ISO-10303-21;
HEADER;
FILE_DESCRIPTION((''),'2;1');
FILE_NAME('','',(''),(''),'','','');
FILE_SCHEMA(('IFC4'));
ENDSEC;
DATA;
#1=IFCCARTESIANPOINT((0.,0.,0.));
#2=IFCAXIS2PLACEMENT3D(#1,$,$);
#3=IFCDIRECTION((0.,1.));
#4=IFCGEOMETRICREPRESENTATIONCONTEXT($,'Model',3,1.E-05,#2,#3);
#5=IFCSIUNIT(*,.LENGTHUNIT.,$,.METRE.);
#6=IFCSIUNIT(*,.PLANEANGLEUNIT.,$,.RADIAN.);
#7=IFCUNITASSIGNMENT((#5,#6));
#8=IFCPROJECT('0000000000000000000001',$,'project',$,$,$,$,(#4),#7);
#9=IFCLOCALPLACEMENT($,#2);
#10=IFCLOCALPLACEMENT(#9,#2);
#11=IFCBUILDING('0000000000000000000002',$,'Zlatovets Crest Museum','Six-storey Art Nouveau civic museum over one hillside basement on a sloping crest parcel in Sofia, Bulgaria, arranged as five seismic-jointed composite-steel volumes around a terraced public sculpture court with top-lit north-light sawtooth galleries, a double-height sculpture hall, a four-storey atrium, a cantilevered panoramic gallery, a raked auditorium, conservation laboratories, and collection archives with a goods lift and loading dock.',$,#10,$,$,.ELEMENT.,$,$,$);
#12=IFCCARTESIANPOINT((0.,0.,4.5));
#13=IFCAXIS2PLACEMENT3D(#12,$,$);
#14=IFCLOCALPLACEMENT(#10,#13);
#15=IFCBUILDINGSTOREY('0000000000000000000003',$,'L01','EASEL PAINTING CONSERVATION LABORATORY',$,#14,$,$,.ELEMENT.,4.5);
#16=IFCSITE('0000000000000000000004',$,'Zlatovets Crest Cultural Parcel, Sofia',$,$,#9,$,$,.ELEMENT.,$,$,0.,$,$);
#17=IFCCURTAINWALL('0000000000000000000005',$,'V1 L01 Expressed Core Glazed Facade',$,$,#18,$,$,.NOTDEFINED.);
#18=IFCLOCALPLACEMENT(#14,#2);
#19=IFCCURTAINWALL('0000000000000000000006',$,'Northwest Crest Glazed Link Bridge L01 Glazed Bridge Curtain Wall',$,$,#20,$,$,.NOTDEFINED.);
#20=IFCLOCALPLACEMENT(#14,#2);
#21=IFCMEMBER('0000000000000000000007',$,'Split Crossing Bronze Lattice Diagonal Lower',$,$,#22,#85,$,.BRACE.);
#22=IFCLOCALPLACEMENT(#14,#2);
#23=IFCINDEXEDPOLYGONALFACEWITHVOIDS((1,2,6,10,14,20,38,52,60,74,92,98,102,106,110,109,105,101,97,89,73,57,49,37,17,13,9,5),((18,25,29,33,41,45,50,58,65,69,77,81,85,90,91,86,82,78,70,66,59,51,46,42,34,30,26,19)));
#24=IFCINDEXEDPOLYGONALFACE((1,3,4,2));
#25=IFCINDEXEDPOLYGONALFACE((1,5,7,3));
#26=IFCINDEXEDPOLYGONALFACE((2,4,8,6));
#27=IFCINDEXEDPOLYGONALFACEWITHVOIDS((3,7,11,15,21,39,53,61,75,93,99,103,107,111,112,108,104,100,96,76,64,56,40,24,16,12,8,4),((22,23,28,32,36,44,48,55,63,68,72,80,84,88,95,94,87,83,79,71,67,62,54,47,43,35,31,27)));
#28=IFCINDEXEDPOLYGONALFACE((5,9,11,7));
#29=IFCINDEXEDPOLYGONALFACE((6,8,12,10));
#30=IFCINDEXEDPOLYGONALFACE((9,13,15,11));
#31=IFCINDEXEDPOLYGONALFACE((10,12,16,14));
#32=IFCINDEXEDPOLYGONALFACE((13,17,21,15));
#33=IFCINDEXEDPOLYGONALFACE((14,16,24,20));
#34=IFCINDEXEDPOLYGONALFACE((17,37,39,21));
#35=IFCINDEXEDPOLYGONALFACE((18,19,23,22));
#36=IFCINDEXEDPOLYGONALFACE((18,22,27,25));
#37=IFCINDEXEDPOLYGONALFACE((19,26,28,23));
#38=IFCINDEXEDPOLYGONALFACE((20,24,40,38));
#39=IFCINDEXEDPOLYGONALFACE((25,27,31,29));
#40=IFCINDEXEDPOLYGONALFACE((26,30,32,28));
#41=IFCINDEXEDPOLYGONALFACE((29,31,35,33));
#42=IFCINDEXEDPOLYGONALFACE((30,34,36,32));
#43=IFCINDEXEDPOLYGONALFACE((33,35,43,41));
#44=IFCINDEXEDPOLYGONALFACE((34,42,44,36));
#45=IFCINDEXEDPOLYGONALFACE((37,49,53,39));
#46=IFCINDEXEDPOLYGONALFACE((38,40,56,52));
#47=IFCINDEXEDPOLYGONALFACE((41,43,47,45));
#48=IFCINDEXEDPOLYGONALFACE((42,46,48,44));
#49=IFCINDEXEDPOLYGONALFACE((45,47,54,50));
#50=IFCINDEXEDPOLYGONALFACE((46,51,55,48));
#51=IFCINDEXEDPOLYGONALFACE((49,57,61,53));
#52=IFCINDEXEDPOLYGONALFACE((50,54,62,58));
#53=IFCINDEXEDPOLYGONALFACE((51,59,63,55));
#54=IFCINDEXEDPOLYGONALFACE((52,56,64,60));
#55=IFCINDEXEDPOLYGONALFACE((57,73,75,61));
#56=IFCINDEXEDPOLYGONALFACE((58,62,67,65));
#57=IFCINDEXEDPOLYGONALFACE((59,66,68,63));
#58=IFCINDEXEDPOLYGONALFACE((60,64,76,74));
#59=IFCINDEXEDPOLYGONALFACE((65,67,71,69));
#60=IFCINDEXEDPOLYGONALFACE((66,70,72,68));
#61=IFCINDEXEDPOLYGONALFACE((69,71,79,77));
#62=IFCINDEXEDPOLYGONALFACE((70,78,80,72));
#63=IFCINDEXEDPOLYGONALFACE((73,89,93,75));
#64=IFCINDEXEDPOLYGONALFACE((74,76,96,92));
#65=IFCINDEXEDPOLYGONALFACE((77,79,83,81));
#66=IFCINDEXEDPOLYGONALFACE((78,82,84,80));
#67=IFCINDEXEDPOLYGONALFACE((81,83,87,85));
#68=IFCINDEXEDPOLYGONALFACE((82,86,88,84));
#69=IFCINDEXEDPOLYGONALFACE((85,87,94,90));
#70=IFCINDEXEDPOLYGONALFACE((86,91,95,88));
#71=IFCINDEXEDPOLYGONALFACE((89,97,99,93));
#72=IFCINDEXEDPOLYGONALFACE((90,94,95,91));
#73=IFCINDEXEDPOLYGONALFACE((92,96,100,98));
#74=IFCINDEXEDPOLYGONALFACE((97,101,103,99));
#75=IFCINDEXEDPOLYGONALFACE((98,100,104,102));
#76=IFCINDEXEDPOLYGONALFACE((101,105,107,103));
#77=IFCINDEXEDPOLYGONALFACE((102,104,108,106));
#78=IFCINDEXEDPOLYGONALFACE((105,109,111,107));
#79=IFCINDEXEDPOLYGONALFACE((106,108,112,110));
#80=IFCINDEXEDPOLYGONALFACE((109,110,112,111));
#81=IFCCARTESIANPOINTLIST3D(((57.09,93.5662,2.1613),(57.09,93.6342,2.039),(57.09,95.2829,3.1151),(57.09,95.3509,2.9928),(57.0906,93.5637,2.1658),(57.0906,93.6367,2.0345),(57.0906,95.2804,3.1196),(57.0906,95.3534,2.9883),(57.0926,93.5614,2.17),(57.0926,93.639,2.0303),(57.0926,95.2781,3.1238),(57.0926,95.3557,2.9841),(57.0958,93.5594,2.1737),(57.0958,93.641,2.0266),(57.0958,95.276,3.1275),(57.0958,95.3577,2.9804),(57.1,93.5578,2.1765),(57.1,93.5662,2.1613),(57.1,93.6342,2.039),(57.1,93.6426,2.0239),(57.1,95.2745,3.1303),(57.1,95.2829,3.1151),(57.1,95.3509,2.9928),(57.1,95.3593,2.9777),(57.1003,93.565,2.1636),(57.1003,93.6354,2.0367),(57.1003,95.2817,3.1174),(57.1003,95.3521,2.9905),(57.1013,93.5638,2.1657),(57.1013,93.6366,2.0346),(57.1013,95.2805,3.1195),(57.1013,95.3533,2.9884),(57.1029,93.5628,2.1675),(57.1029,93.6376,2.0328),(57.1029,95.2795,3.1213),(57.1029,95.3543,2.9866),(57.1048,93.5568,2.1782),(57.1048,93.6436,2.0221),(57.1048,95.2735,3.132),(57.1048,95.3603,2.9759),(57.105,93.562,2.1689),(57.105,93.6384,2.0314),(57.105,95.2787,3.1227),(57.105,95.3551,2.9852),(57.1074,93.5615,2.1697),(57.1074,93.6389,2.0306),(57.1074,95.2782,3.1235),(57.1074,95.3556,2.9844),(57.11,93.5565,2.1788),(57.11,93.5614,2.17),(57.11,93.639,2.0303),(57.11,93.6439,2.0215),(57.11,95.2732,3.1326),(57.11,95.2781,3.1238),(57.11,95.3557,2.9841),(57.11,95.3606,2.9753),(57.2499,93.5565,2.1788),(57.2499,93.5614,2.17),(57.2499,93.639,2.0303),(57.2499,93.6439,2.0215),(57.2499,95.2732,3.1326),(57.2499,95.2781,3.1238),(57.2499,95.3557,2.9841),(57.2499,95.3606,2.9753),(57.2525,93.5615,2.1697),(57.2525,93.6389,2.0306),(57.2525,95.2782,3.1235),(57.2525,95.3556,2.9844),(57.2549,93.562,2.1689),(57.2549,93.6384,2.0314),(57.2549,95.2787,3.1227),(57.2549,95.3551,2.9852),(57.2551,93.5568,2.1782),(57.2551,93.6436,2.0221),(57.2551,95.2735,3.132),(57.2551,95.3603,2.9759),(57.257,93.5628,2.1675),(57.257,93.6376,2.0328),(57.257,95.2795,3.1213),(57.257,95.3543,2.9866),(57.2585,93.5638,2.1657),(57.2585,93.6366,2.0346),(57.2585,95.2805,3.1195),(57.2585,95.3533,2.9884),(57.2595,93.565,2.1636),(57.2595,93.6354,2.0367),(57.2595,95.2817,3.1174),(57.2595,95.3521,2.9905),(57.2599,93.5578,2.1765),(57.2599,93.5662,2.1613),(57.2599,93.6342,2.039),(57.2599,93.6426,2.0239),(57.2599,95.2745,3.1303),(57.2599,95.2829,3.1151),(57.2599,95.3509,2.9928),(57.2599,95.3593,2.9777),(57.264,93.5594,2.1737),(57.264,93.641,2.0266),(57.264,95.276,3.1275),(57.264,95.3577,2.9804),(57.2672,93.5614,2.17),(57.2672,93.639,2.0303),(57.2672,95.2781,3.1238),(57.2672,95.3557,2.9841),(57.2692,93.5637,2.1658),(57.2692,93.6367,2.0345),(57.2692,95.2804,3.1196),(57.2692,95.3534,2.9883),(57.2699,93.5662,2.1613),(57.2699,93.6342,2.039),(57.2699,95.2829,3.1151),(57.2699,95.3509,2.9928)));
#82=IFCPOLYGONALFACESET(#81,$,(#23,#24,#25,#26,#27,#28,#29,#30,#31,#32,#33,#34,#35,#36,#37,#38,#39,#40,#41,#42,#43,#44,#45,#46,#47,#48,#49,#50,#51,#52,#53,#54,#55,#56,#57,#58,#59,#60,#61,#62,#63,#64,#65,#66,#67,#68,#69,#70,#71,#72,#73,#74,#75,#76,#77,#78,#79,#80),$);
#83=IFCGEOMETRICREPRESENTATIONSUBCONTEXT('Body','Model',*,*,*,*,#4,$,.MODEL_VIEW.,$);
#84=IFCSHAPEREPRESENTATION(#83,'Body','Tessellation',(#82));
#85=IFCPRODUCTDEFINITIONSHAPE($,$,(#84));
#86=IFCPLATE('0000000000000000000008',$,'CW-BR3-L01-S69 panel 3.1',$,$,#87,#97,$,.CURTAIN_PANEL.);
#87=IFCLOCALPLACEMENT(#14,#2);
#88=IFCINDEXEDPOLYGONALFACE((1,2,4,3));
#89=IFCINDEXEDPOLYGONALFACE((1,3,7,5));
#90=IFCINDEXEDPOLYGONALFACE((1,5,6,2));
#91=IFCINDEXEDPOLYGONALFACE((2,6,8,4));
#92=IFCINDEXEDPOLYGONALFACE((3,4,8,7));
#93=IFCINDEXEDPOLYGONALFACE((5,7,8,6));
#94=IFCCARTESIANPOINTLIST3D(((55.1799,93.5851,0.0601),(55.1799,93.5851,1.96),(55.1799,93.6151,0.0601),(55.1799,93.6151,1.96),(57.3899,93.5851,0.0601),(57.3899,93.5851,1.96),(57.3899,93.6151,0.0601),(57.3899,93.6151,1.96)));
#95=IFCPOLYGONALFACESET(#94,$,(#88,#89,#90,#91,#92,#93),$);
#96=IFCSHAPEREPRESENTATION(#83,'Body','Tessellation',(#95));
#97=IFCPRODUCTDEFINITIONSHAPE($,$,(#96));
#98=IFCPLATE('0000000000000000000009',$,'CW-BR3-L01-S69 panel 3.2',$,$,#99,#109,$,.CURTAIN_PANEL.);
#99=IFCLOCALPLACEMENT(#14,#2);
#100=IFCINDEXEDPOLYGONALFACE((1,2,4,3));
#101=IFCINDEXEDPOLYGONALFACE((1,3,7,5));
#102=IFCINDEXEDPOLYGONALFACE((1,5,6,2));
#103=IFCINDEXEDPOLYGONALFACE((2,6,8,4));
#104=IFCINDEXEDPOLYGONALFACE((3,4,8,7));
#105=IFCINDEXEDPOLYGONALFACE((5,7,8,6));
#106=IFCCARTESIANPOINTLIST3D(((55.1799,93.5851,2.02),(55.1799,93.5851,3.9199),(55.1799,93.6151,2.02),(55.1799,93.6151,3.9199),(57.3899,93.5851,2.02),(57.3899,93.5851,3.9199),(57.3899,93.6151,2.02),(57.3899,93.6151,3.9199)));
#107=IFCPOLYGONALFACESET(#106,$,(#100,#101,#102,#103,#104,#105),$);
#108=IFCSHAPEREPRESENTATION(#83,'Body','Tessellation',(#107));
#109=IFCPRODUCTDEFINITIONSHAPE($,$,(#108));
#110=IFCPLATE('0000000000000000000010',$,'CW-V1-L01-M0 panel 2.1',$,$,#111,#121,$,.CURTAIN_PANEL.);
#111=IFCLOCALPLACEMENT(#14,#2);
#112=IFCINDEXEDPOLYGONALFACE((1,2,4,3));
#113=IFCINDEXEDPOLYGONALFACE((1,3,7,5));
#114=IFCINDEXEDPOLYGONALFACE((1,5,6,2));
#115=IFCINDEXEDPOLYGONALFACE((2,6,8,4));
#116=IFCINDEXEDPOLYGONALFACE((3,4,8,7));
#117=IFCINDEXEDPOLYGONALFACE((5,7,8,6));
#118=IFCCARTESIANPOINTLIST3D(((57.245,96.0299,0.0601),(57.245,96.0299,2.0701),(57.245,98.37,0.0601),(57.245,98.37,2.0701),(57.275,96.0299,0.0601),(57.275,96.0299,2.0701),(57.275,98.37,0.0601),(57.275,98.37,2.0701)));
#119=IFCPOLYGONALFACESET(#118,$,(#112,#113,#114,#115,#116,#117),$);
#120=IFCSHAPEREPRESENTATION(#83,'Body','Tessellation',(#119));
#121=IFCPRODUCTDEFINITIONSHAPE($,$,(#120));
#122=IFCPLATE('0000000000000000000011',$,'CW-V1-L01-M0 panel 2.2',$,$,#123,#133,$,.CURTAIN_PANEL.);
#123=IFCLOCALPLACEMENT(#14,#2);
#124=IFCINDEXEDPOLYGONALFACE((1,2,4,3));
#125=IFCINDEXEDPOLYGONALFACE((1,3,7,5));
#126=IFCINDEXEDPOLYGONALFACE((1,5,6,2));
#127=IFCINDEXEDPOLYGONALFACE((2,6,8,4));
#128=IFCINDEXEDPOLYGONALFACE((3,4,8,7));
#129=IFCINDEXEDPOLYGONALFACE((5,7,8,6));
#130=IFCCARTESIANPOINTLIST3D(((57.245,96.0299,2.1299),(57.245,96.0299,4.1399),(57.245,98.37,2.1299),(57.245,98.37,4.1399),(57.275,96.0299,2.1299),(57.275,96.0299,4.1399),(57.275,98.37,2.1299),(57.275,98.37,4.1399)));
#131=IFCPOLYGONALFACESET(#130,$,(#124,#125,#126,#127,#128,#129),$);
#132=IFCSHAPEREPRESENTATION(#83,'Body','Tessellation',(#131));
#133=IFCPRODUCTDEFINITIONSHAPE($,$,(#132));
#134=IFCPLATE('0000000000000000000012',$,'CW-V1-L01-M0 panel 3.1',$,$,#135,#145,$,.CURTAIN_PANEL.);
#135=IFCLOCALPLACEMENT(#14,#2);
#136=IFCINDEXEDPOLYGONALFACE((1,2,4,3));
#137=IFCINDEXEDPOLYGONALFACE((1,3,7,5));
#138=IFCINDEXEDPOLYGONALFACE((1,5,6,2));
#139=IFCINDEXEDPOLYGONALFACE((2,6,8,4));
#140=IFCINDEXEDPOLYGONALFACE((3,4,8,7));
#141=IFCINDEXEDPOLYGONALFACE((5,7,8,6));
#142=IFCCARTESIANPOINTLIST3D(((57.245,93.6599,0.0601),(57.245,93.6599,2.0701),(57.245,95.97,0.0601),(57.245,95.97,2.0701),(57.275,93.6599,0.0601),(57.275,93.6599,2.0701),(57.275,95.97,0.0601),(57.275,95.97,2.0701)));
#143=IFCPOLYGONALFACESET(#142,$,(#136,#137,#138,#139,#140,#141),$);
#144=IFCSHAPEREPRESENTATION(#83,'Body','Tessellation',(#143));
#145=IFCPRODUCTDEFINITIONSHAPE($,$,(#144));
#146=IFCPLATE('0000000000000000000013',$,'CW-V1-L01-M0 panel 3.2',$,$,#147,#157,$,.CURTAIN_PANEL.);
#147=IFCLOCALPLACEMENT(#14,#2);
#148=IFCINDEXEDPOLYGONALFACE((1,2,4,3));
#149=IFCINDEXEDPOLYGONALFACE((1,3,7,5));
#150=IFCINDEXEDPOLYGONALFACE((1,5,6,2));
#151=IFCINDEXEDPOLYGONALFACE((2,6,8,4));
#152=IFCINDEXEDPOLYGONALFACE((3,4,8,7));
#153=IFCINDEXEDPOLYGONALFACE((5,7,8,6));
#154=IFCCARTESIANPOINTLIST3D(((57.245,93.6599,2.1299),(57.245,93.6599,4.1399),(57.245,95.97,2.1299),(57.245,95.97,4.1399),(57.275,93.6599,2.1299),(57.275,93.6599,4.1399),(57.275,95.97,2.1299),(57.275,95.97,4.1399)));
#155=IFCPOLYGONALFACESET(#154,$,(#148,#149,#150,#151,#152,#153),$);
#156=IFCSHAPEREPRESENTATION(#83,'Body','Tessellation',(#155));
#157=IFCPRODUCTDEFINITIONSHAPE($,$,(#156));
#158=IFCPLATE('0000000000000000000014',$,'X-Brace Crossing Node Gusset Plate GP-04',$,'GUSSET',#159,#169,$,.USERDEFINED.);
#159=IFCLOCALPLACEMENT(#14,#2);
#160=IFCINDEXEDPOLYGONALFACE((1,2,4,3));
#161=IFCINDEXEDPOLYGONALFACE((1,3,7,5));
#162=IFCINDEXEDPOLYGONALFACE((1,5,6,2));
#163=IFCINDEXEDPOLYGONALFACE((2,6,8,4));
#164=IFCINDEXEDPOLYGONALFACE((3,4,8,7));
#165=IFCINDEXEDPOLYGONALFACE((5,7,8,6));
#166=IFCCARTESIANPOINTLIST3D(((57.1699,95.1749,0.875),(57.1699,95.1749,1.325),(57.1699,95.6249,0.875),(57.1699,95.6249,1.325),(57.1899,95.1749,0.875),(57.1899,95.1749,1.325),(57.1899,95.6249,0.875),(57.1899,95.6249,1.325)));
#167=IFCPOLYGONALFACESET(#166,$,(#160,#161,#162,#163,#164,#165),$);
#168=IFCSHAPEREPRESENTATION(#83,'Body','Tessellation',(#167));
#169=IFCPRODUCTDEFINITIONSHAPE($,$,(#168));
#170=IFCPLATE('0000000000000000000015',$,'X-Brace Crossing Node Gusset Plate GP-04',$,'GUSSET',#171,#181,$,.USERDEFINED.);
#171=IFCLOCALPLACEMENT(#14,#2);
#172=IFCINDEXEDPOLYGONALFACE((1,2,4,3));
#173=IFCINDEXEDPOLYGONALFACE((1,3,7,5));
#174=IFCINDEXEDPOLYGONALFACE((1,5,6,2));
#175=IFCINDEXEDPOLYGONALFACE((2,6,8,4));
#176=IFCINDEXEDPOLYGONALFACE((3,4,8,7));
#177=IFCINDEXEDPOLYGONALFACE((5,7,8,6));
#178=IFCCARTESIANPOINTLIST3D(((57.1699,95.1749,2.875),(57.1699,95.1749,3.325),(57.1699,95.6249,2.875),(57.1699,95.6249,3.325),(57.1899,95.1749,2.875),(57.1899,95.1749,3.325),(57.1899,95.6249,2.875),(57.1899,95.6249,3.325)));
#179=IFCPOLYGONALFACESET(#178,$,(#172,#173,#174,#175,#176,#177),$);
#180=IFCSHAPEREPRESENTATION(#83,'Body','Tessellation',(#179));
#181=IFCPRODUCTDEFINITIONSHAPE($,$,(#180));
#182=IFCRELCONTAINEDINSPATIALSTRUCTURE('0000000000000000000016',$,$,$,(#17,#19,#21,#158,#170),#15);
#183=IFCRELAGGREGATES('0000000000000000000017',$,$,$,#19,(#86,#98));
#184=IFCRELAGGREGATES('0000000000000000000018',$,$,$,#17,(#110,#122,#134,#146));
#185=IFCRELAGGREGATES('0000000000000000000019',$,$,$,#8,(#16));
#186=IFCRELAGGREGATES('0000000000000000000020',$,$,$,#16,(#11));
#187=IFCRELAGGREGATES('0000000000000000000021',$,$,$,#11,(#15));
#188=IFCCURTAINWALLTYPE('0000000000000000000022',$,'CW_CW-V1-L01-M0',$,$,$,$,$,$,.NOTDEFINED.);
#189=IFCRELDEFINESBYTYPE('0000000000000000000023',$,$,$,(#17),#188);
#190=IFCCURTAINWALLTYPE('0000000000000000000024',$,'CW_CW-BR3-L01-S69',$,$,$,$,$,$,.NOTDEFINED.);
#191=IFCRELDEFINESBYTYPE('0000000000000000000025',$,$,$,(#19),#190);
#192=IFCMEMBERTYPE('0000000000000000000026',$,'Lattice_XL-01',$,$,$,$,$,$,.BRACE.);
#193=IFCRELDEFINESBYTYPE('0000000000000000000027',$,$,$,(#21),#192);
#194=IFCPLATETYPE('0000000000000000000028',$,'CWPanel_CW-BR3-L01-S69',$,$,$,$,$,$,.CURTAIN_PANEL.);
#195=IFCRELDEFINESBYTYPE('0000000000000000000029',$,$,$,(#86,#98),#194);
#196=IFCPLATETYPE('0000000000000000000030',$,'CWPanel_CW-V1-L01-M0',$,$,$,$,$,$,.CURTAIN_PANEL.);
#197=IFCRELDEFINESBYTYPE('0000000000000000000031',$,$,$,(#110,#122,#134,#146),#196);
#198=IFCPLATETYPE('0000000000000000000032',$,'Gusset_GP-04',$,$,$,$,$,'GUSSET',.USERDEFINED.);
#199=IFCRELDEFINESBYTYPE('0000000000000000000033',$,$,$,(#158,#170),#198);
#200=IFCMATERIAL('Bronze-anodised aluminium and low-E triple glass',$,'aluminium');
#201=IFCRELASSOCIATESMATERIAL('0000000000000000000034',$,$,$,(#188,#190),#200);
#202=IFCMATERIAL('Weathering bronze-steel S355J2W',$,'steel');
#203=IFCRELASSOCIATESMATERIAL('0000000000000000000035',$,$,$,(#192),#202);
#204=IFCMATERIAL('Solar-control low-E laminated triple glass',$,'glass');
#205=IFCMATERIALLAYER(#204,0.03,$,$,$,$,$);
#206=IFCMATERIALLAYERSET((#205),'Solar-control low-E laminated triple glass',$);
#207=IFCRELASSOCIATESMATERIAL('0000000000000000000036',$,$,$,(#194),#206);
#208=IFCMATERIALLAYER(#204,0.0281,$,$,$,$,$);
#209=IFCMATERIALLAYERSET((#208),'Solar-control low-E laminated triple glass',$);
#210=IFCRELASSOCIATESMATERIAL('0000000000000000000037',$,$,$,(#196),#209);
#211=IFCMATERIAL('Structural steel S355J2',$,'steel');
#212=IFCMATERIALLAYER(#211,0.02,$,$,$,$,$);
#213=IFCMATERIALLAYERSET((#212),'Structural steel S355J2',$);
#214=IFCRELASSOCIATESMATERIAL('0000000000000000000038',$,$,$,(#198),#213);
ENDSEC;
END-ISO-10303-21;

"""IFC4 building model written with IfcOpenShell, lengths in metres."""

from ifc_helpers import new_model, si_unit, direction, frame, origin, origin_2d, place, context, subcontext, project, spatial, rectangle, hollow_rectangle, extrude, material, layer, layer_set, material_profile, profile_set, type_object, element, aggregate, save


model = new_model("IFC4")

# Units and contexts
model_context = context("Model", 3, precision=1e-05, world=origin(), true_north=direction((0.0, 1.0)))
body_context = subcontext(model_context, "Body", "Model", "MODEL_VIEW")
ifc_project = project(units=[si_unit("LENGTHUNIT", "METRE"), si_unit("PLANEANGLEUNIT", "RADIAN")], contexts=[model_context])

# Site, building, storey
site_placement = place(None, origin())
site = spatial("IfcSite", under=ifc_project, at=site_placement, Name="Zlatovets Crest Cultural Parcel, Sofia", CompositionType="ELEMENT", RefElevation=0.0)
building_placement = place(site_placement, origin())
building = spatial("IfcBuilding", under=site, at=building_placement, Name="Zlatovets Crest Museum", Description="Six-storey Art Nouveau civic museum over one hillside basement on a sloping crest parcel in Sofia, Bulgaria, arranged as five seismic-jointed composite-steel volumes around a terraced public sculpture court with top-lit north-light sawtooth galleries, a double-height sculpture hall, a four-storey atrium, a cantilevered panoramic gallery, a raked auditorium, conservation laboratories, and collection archives with a goods lift and loading dock.", CompositionType="ELEMENT")
storey_placement = place(building_placement, frame((0.0, 0.0, 4.5)))
storey = spatial("IfcBuildingStorey", under=building, at=storey_placement, Name="L01", Description="EASEL PAINTING CONSERVATION LABORATORY", CompositionType="ELEMENT", Elevation=4.5)

# Shared definitions
ifc_material_1 = material(Name="Structural steel S355J2", Category="steel")

# Curtain walls
ifc_material_2 = material(Name="Bronze-anodised aluminium and low-E triple glass", Category="aluminium")
curtain_wall_type_1 = type_object("IfcCurtainWallType", Name="CW_CW-V1-L01-M0", PredefinedType="NOTDEFINED", material=ifc_material_2)
curtain_wall_1_placement = place(storey_placement, origin())
curtain_wall_1 = element("IfcCurtainWall", 1, at=curtain_wall_1_placement, inside=storey, type_object=curtain_wall_type_1, Name="V1 L01 Expressed Core Glazed Facade", PredefinedType="NOTDEFINED")
curtain_wall_type_2 = type_object("IfcCurtainWallType", Name="CW_CW-BR3-L01-S69", PredefinedType="NOTDEFINED", material=ifc_material_2)
curtain_wall_2_placement = place(storey_placement, origin())
curtain_wall_2 = element("IfcCurtainWall", 2, at=curtain_wall_2_placement, inside=storey, type_object=curtain_wall_type_2, Name="Northwest Crest Glazed Link Bridge L01 Glazed Bridge Curtain Wall", PredefinedType="NOTDEFINED")

# Member
ifc_material_3 = material(Name="Weathering bronze-steel S355J2W", Category="steel")
ifc_material_profile_1 = material_profile(ifc_material_3, hollow_rectangle(XDim=0.1799, YDim=0.1799, WallThickness=0.01, InnerFilletRadius=0.01, OuterFilletRadius=0.02, at=origin_2d()), Name="SHS 180x180x10.0")
ifc_profile_set_1 = profile_set([ifc_material_profile_1], Name="Weathering bronze-steel S355J2W")
member_type_1 = type_object("IfcMemberType", Name="Lattice_XL-01", PredefinedType="BRACE", material=ifc_profile_set_1)
member_1_placement = place(storey_placement, frame((57.1799, 95.3169, 3.054), z_axis=(0.0, -0.87414, -0.485675), x_axis=(1.0, 0.0, 0.0)))
element("IfcMember", 3, at=member_1_placement, inside=storey, type_object=member_type_1, Name="Split Crossing Bronze Lattice Diagonal Lower", PredefinedType="BRACE", context=body_context, shape_type="SweptSolid", body=[
    extrude(hollow_rectangle(XDim=0.1799, YDim=0.1799, WallThickness=0.01, InnerFilletRadius=0.01, OuterFilletRadius=0.02, at=origin_2d()), origin(), (0.0, 0.0, 1.0), 1.9639),
])

# Plates
ifc_material_4 = material(Name="Solar-control low-E laminated triple glass", Category="glass")
ifc_layer_1 = layer(ifc_material_4, 0.03)
ifc_layer_set_1 = layer_set([ifc_layer_1], Name="Solar-control low-E laminated triple glass")
plate_type_1 = type_object("IfcPlateType", Name="CWPanel_CW-BR3-L01-S69", PredefinedType="CURTAIN_PANEL", material=ifc_layer_set_1)
plate_1_placement = place(storey_placement, frame((56.2849, 93.6001, 0.0601), z_axis=(0.0, 0.0, 1.0), x_axis=(1.0, 0.0, 0.0)))
plate_1 = element("IfcPlate", 4, at=plate_1_placement, type_object=plate_type_1, Name="CW-BR3-L01-S69 panel 3.1", PredefinedType="CURTAIN_PANEL", context=body_context, shape_type="SweptSolid", body=[
    extrude(rectangle(XDim=2.21, YDim=0.03, at=origin_2d()), origin(), (0.0, 0.0, 1.0), 1.8999),
])
plate_2_placement = place(storey_placement, frame((56.2849, 93.6001, 2.02), z_axis=(0.0, 0.0, 1.0), x_axis=(1.0, 0.0, 0.0)))
plate_2 = element("IfcPlate", 5, at=plate_2_placement, type_object=plate_type_1, Name="CW-BR3-L01-S69 panel 3.2", PredefinedType="CURTAIN_PANEL", context=body_context, shape_type="SweptSolid", body=[
    extrude(rectangle(XDim=2.21, YDim=0.03, at=origin_2d()), origin(), (0.0, 0.0, 1.0), 1.8999),
])
aggregate(curtain_wall_2, [plate_1, plate_2])
ifc_layer_2 = layer(ifc_material_4, 0.0281)
ifc_layer_set_2 = layer_set([ifc_layer_2], Name="Solar-control low-E laminated triple glass")
plate_type_2 = type_object("IfcPlateType", Name="CWPanel_CW-V1-L01-M0", PredefinedType="CURTAIN_PANEL", material=ifc_layer_set_2)
plate_3_placement = place(storey_placement, frame((57.26, 97.2, 0.0601), z_axis=(0.0, 0.0, 1.0), x_axis=(0.0, -1.0, 0.0)))
plate_3 = element("IfcPlate", 6, at=plate_3_placement, type_object=plate_type_2, Name="CW-V1-L01-M0 panel 2.1", PredefinedType="CURTAIN_PANEL", context=body_context, shape_type="SweptSolid", body=[
    extrude(rectangle(XDim=2.3401, YDim=0.03, at=origin_2d()), origin(), (0.0, 0.0, 1.0), 2.01),
])
plate_4_placement = place(storey_placement, frame((57.26, 97.2, 2.1299), z_axis=(0.0, 0.0, 1.0), x_axis=(0.0, -1.0, 0.0)))
plate_4 = element("IfcPlate", 7, at=plate_4_placement, type_object=plate_type_2, Name="CW-V1-L01-M0 panel 2.2", PredefinedType="CURTAIN_PANEL", context=body_context, shape_type="SweptSolid", body=[
    extrude(rectangle(XDim=2.3401, YDim=0.03, at=origin_2d()), origin(), (0.0, 0.0, 1.0), 2.01),
])
plate_5_placement = place(storey_placement, frame((57.26, 94.8149, 0.0601), z_axis=(0.0, 0.0, 1.0), x_axis=(0.0, -1.0, 0.0)))
plate_5 = element("IfcPlate", 8, at=plate_5_placement, type_object=plate_type_2, Name="CW-V1-L01-M0 panel 3.1", PredefinedType="CURTAIN_PANEL", context=body_context, shape_type="SweptSolid", body=[
    extrude(rectangle(XDim=2.3101, YDim=0.03, at=origin_2d()), origin(), (0.0, 0.0, 1.0), 2.01),
])
plate_6_placement = place(storey_placement, frame((57.26, 94.8149, 2.1299), z_axis=(0.0, 0.0, 1.0), x_axis=(0.0, -1.0, 0.0)))
plate_6 = element("IfcPlate", 9, at=plate_6_placement, type_object=plate_type_2, Name="CW-V1-L01-M0 panel 3.2", PredefinedType="CURTAIN_PANEL", context=body_context, shape_type="SweptSolid", body=[
    extrude(rectangle(XDim=2.3101, YDim=0.03, at=origin_2d()), origin(), (0.0, 0.0, 1.0), 2.01),
])
aggregate(curtain_wall_1, [plate_3, plate_4, plate_5, plate_6])

# Plates
ifc_layer_3 = layer(ifc_material_1, 0.02)
ifc_layer_set_3 = layer_set([ifc_layer_3], Name="Structural steel S355J2")
plate_type_3 = type_object("IfcPlateType", Name="Gusset_GP-04", ElementType="GUSSET", PredefinedType="USERDEFINED", material=ifc_layer_set_3)
for number, where, z_axis, x_axis, name in (
    (10, (57.1799, 95.3999, 0.875), (0.0, 0.0, 1.0), (1.0, 0.0, 0.0), "X-Brace Crossing Node Gusset Plate GP-04"),
    (11, (57.1799, 95.3999, 2.875), (0.0, 0.0, 1.0), (1.0, 0.0, 0.0), "X-Brace Crossing Node Gusset Plate GP-04"),
):
    element("IfcPlate", number, at=place(storey_placement, frame(where, z_axis=z_axis, x_axis=x_axis)), inside=storey, type_object=plate_type_3, Name=name, ObjectType="GUSSET", PredefinedType="USERDEFINED", context=body_context, shape_type="SweptSolid", body=[
        extrude(rectangle(XDim=0.02, YDim=0.45, at=origin_2d()), origin(), (0.0, 0.0, 1.0), 0.45),
    ])

save(model, "model.ifc")
